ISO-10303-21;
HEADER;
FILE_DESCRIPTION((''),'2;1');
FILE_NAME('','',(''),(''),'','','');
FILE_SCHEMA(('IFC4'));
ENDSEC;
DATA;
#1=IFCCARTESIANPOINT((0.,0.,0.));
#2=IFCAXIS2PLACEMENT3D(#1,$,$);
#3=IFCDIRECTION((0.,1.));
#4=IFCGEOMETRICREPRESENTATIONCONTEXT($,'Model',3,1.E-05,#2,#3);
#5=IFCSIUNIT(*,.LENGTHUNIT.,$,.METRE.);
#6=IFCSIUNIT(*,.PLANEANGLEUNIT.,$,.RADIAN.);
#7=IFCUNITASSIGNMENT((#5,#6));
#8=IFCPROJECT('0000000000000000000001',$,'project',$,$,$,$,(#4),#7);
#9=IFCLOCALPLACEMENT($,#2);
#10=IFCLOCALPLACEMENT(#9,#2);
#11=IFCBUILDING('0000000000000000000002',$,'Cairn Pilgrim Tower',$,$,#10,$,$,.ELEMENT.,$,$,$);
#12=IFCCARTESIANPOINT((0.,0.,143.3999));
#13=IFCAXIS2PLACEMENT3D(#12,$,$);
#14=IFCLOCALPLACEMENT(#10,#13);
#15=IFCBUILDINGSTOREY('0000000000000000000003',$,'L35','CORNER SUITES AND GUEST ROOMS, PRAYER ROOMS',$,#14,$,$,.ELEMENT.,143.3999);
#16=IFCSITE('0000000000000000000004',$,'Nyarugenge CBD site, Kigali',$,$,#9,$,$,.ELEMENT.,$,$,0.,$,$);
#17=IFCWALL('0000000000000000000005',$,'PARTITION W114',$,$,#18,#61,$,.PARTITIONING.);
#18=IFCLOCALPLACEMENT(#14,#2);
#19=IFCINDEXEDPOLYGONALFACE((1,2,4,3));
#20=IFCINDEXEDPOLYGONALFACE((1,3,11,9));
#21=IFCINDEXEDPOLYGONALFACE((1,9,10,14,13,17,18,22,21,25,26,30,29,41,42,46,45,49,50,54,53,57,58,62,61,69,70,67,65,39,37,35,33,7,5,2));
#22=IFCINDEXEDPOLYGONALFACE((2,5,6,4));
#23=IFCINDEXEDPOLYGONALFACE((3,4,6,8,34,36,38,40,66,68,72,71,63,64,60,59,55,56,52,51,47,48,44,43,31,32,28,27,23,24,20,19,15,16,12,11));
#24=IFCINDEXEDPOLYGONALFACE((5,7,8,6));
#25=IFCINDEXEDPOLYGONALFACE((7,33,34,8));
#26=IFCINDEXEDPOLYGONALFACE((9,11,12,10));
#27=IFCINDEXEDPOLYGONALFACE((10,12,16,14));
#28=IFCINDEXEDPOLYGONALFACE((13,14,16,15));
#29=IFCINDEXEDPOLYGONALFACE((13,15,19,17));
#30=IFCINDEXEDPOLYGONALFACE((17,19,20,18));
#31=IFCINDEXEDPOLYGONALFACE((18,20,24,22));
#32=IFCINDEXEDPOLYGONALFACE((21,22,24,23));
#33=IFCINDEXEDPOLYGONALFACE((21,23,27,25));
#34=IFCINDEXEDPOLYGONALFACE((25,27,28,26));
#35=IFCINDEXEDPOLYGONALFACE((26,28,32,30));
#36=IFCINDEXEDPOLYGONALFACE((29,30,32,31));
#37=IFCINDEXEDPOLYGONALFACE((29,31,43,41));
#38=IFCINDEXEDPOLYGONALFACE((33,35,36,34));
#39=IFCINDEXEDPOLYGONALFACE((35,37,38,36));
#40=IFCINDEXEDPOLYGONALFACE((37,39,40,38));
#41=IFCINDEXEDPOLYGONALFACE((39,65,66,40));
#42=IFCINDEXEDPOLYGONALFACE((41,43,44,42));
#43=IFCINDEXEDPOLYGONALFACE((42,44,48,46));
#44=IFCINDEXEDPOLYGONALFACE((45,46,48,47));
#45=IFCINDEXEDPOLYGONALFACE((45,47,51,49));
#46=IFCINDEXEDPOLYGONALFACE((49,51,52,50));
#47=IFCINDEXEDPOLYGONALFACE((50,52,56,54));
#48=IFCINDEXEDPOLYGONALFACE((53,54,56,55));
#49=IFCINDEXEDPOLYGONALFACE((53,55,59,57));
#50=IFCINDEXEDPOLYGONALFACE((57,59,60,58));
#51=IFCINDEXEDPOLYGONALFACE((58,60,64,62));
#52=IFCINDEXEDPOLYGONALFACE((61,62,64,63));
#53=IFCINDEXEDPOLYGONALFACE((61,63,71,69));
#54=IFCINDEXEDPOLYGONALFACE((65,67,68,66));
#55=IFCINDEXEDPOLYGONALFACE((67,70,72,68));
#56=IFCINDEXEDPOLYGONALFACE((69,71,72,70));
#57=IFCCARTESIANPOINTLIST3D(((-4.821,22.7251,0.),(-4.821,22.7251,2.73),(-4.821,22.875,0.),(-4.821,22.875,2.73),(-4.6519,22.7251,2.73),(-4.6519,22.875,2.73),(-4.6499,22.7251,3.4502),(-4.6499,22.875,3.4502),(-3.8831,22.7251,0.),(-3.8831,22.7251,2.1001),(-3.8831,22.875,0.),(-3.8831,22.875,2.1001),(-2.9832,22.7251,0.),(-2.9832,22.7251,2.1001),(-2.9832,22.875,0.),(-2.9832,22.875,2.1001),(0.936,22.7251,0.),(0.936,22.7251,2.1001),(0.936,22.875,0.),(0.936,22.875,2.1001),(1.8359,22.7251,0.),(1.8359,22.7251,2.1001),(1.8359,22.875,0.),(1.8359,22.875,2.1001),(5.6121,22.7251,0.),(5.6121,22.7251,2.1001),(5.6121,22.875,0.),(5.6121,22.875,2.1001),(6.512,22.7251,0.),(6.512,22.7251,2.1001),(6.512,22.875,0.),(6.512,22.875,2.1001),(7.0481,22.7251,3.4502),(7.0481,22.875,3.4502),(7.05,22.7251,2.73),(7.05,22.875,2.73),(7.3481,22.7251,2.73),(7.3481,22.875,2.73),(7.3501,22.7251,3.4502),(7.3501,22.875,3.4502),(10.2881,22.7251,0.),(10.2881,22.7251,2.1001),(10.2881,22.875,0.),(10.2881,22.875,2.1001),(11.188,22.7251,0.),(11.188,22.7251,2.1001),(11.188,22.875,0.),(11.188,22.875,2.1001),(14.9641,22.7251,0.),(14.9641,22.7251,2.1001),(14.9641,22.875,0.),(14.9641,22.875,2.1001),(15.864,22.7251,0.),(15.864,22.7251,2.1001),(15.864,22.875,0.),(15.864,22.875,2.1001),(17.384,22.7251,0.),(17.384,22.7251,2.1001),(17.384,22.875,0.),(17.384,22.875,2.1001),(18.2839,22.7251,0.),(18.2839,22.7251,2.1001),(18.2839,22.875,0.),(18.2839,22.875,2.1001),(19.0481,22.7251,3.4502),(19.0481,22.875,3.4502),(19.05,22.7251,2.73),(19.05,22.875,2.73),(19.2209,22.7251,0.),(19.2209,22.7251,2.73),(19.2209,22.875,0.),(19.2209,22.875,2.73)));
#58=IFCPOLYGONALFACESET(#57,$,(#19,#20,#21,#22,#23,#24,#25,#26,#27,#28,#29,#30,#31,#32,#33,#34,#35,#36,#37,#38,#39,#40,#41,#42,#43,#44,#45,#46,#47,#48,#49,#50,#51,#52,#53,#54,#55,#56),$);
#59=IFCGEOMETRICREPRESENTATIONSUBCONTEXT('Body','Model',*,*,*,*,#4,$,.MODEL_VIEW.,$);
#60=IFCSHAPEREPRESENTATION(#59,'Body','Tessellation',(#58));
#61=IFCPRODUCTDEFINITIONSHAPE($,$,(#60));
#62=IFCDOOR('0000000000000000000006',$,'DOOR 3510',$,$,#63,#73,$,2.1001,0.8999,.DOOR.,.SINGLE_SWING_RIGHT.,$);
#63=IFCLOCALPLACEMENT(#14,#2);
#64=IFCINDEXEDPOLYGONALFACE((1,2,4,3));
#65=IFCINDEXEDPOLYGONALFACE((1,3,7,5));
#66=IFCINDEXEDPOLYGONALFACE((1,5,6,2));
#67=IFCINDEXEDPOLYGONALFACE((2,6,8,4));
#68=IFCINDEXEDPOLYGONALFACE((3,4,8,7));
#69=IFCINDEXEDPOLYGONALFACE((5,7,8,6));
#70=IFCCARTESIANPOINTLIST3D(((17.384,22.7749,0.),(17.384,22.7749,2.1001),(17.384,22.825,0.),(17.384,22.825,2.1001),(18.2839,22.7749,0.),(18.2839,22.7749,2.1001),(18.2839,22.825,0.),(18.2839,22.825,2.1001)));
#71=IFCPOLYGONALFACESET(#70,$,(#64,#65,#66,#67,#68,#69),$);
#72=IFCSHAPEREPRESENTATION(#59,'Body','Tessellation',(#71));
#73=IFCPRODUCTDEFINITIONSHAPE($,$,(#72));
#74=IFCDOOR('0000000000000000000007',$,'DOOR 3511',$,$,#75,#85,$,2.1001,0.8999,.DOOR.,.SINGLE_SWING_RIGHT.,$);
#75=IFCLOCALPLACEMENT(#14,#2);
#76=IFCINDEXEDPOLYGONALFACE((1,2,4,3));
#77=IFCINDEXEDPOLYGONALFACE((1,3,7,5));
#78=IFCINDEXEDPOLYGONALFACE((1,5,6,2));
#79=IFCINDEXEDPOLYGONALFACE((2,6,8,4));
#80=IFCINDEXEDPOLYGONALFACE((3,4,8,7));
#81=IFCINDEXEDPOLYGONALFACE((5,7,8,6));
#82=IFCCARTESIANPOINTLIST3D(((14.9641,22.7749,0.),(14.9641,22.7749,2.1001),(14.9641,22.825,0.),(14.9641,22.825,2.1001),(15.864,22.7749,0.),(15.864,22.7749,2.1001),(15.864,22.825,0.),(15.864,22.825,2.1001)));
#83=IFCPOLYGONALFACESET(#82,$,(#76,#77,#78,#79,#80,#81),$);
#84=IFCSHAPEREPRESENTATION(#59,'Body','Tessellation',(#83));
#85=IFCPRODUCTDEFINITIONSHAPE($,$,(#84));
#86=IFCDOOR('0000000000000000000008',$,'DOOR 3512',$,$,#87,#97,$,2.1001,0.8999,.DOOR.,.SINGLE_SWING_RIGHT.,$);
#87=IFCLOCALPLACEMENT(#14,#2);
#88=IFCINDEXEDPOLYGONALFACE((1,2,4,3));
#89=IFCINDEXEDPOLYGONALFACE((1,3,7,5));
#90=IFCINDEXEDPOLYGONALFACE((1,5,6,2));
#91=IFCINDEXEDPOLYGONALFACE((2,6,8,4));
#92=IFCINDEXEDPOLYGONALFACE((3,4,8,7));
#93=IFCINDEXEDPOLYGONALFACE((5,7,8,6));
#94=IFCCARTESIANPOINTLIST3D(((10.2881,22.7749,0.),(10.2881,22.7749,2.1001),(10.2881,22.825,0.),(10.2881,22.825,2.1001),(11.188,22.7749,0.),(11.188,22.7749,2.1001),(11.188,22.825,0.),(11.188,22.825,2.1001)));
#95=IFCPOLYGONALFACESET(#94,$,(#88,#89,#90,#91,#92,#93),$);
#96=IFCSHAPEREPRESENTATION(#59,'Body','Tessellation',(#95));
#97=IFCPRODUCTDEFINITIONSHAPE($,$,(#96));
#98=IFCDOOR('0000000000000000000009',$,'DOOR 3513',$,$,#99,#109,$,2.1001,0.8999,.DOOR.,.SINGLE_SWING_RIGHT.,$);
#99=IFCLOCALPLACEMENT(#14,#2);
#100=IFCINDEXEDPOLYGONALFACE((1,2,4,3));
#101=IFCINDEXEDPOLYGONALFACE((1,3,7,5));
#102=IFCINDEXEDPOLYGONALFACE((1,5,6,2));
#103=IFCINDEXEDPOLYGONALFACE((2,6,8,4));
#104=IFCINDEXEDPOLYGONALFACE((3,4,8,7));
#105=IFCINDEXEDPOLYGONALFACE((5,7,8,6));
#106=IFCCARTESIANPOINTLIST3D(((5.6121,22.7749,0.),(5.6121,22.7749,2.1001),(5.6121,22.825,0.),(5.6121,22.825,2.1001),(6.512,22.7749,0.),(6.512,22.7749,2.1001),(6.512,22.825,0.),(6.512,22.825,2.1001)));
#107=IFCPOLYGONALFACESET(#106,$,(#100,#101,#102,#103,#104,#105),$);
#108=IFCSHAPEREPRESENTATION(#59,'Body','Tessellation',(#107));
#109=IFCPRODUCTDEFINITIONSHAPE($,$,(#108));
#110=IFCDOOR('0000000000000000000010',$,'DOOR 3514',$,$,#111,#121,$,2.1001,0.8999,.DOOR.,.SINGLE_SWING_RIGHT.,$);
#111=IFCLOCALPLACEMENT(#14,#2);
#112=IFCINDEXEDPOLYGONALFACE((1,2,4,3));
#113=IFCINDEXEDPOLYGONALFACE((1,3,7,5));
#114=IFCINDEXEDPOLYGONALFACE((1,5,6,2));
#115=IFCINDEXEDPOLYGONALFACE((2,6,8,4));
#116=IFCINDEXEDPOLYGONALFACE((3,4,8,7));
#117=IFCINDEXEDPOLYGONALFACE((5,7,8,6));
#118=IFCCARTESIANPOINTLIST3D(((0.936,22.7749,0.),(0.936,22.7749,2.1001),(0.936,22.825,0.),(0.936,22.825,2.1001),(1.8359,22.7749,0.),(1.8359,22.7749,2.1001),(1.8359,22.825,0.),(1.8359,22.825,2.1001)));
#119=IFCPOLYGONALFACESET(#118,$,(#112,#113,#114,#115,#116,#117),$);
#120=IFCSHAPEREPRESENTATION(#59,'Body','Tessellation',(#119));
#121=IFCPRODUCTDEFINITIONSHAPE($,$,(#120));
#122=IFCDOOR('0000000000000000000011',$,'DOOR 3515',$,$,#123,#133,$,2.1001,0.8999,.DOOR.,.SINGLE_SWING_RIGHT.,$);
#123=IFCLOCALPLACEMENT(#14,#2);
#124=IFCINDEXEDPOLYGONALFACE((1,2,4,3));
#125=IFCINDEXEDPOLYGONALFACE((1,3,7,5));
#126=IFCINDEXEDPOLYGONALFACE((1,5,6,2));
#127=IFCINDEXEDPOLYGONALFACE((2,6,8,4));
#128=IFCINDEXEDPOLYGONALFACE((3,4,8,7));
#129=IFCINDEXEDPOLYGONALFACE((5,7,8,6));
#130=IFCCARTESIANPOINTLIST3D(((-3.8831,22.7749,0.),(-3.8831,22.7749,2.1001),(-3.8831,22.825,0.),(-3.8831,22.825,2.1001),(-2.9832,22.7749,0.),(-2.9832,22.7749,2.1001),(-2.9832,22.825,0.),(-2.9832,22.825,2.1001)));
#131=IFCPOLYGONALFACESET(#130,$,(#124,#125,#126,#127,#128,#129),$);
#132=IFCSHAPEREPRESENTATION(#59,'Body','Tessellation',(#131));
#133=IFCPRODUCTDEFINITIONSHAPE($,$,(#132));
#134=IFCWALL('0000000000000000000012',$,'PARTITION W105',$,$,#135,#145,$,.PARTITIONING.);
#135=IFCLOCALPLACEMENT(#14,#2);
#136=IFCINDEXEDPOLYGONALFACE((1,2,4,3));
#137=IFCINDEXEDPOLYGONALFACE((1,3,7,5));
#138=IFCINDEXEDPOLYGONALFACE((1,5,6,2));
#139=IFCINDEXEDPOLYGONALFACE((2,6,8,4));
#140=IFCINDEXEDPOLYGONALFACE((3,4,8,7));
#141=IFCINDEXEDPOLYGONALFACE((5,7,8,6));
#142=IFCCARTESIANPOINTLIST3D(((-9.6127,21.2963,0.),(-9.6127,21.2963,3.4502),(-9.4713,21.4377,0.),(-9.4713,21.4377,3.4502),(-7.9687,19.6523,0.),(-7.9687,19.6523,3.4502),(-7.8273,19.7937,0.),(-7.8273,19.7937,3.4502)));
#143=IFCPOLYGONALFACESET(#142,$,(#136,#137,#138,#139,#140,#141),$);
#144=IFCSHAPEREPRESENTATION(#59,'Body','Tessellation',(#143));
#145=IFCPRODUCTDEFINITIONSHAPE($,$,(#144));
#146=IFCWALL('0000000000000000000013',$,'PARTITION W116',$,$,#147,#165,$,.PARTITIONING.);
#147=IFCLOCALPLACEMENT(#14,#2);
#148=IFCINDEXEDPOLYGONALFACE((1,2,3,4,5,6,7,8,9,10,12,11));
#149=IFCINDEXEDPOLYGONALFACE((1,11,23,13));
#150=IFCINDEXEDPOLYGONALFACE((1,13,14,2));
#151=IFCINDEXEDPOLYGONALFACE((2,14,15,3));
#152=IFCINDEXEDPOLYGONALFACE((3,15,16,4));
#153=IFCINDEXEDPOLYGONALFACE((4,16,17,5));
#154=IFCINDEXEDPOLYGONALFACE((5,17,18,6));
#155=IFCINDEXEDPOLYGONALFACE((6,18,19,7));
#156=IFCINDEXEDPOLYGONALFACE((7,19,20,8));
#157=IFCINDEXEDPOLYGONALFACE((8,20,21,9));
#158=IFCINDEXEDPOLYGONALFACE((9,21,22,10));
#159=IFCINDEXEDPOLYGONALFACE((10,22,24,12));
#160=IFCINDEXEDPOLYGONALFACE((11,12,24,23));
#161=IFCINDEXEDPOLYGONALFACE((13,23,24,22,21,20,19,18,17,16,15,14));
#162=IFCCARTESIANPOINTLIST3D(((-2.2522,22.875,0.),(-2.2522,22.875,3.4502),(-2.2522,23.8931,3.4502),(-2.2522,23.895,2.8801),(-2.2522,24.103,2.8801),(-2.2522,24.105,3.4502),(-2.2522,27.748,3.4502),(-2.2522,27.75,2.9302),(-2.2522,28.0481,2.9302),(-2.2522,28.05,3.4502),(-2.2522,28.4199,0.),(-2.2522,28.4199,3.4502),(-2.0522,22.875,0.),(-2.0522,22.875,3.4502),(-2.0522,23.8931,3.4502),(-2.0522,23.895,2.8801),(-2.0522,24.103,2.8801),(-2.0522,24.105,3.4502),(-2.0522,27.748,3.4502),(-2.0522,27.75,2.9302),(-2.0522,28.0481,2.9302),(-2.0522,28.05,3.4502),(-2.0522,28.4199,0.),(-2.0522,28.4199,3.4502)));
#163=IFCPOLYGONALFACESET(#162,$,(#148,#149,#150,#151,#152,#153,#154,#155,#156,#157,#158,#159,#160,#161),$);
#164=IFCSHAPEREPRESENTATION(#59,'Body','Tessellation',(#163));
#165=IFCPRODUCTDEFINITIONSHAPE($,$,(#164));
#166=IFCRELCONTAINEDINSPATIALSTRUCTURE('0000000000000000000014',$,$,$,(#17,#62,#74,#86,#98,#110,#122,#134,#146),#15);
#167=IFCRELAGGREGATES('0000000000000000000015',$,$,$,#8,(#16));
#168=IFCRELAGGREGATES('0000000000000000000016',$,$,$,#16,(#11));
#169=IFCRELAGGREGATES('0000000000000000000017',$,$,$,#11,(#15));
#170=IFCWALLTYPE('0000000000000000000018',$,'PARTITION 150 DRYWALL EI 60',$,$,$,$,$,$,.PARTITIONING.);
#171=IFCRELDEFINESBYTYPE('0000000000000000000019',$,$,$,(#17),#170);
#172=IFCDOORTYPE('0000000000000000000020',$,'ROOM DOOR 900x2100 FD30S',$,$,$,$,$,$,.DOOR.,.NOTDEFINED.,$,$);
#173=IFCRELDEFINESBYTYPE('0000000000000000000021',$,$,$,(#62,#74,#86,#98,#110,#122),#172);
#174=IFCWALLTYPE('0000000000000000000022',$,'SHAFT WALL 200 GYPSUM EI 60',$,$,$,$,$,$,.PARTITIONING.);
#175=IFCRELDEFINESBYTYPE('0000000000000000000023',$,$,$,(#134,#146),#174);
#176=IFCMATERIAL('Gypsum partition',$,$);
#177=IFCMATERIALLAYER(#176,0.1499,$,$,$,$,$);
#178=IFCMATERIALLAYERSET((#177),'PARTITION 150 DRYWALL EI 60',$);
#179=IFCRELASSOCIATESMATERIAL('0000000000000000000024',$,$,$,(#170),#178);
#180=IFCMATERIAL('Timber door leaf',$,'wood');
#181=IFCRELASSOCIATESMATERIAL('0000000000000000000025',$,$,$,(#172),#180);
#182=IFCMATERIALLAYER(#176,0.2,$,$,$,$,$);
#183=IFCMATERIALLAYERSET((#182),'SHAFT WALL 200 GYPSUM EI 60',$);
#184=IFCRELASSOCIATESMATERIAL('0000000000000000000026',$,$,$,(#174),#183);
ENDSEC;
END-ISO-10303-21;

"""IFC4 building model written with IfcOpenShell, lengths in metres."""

from ifc_helpers import new_model, si_unit, direction, frame, frame_2d, origin, place, context, subcontext, project, spatial, polyline, rectangle, outline, extrude, material, layer, layer_set, type_object, element, fill, save


model = new_model("IFC4")

# Units and contexts
model_context = context("Model", 3, precision=1e-05, world=origin(), true_north=direction((0.0, 1.0)))
body_context = subcontext(model_context, "Body", "Model", "MODEL_VIEW")
ifc_project = project(units=[si_unit("LENGTHUNIT", "METRE"), si_unit("PLANEANGLEUNIT", "RADIAN")], contexts=[model_context])

# Site, building, storey
site_placement = place(None, origin())
site = spatial("IfcSite", under=ifc_project, at=site_placement, Name="Nyarugenge CBD site, Kigali", CompositionType="ELEMENT", RefElevation=0.0)
building_placement = place(site_placement, origin())
building = spatial("IfcBuilding", under=site, at=building_placement, Name="Cairn Pilgrim Tower", CompositionType="ELEMENT")
storey_placement = place(building_placement, frame((0.0, 0.0, 143.3999)))
storey = spatial("IfcBuildingStorey", under=building, at=storey_placement, Name="L35", Description="CORNER SUITES AND GUEST ROOMS, PRAYER ROOMS", CompositionType="ELEMENT", Elevation=143.3999)

# Shared definitions
ifc_material_1 = material(Name="Gypsum partition")
ifc_material_2 = material(Name="Timber door leaf", Category="wood")

# Shared definitions
ifc_layer_1 = layer(ifc_material_1, 0.1499)
ifc_layer_set_1 = layer_set([ifc_layer_1], Name="PARTITION 150 DRYWALL EI 60")
wall_type_1 = type_object("IfcWallType", Name="PARTITION 150 DRYWALL EI 60", PredefinedType="PARTITIONING", material=ifc_layer_set_1)

# Wall, openings, doors
wall_1_placement = place(storey_placement, frame((-4.821, 22.8, 0.0), z_axis=(0.0, 0.0, 1.0), x_axis=(1.0, 0.0, 0.0)))
wall_1 = element("IfcWall", 1, at=wall_1_placement, inside=storey, type_object=wall_type_1, Name="PARTITION W114", PredefinedType="PARTITIONING", context=body_context, shape_type="SweptSolid", body=[
    extrude(outline(polyline([(0.0, 0.0), (24.042, 0.0), (24.042, 2.73), (23.8711, 2.73), (23.8691, 3.4502), (12.1711, 3.4502), (12.1692, 2.73), (11.8711, 2.73), (11.8691, 3.4502), (0.1711, 3.4502), (0.1692, 2.73), (0.0, 2.73), (0.0, 0.0)])), frame((0.0, 0.075, 0.0), z_axis=(0.0, -1.0, 0.0), x_axis=(1.0, 0.0, 0.0)), (0.0, 0.0, 1.0), 0.1499),
])
opening_1_placement = place(wall_1_placement, frame((22.2051, 0.0, 0.0)))
opening_1 = element("IfcOpeningElement", 2, at=opening_1_placement, cuts=wall_1, PredefinedType="OPENING", context=body_context, shape_type="SweptSolid", body=[
    extrude(rectangle(XDim=0.8999, YDim=2.1001, at=frame_2d((0.45, 1.05))), frame((0.0, 0.085, 0.0), z_axis=(0.0, -1.0, 0.0), x_axis=(1.0, 0.0, 0.0)), (0.0, 0.0, 1.0), 0.1699),
])
opening_2_placement = place(wall_1_placement, frame((19.7852, 0.0, 0.0)))
opening_2 = element("IfcOpeningElement", 3, at=opening_2_placement, cuts=wall_1, PredefinedType="OPENING", context=body_context, shape_type="SweptSolid", body=[
    extrude(rectangle(XDim=0.8999, YDim=2.1001, at=frame_2d((0.45, 1.05))), frame((0.0, 0.085, 0.0), z_axis=(0.0, -1.0, 0.0), x_axis=(1.0, 0.0, 0.0)), (0.0, 0.0, 1.0), 0.1699),
])
opening_3_placement = place(wall_1_placement, frame((15.1091, 0.0, 0.0)))
opening_3 = element("IfcOpeningElement", 4, at=opening_3_placement, cuts=wall_1, PredefinedType="OPENING", context=body_context, shape_type="SweptSolid", body=[
    extrude(rectangle(XDim=0.8999, YDim=2.1001, at=frame_2d((0.45, 1.05))), frame((0.0, 0.085, 0.0), z_axis=(0.0, -1.0, 0.0), x_axis=(1.0, 0.0, 0.0)), (0.0, 0.0, 1.0), 0.1699),
])
opening_4_placement = place(wall_1_placement, frame((10.4331, 0.0, 0.0)))
opening_4 = element("IfcOpeningElement", 5, at=opening_4_placement, cuts=wall_1, PredefinedType="OPENING", context=body_context, shape_type="SweptSolid", body=[
    extrude(rectangle(XDim=0.8999, YDim=2.1001, at=frame_2d((0.45, 1.05))), frame((0.0, 0.085, 0.0), z_axis=(0.0, -1.0, 0.0), x_axis=(1.0, 0.0, 0.0)), (0.0, 0.0, 1.0), 0.1699),
])
opening_5_placement = place(wall_1_placement, frame((5.7571, 0.0, 0.0)))
opening_5 = element("IfcOpeningElement", 6, at=opening_5_placement, cuts=wall_1, PredefinedType="OPENING", context=body_context, shape_type="SweptSolid", body=[
    extrude(rectangle(XDim=0.8999, YDim=2.1001, at=frame_2d((0.45, 1.05))), frame((0.0, 0.085, 0.0), z_axis=(0.0, -1.0, 0.0), x_axis=(1.0, 0.0, 0.0)), (0.0, 0.0, 1.0), 0.1699),
])
opening_6_placement = place(wall_1_placement, frame((0.938, 0.0, 0.0)))
opening_6 = element("IfcOpeningElement", 7, at=opening_6_placement, cuts=wall_1, PredefinedType="OPENING", context=body_context, shape_type="SweptSolid", body=[
    extrude(rectangle(XDim=0.8999, YDim=2.1001, at=frame_2d((0.45, 1.05))), frame((0.0, 0.085, 0.0), z_axis=(0.0, -1.0, 0.0), x_axis=(1.0, 0.0, 0.0)), (0.0, 0.0, 1.0), 0.1699),
])
door_type_1 = type_object("IfcDoorType", Name="ROOM DOOR 900x2100 FD30S", OperationType="NOTDEFINED", PredefinedType="DOOR", material=ifc_material_2)
door_1_placement = place(opening_1_placement, origin())
door_1 = element("IfcDoor", 8, at=door_1_placement, inside=storey, type_object=door_type_1, Name="DOOR 3510", OperationType="SINGLE_SWING_RIGHT", OverallHeight=2.1001, OverallWidth=0.8999, PredefinedType="DOOR", context=body_context, shape_type="SweptSolid", body=[
    extrude(rectangle(XDim=0.8999, YDim=2.1001, at=frame_2d((0.45, 1.05))), frame((0.0, 0.0249, 0.0), z_axis=(0.0, -1.0, 0.0), x_axis=(1.0, 0.0, 0.0)), (0.0, 0.0, 1.0), 0.05),
])
fill(opening_1, door_1)
door_2_placement = place(opening_2_placement, origin())
door_2 = element("IfcDoor", 9, at=door_2_placement, inside=storey, type_object=door_type_1, Name="DOOR 3511", OperationType="SINGLE_SWING_RIGHT", OverallHeight=2.1001, OverallWidth=0.8999, PredefinedType="DOOR", context=body_context, shape_type="SweptSolid", body=[
    extrude(rectangle(XDim=0.8999, YDim=2.1001, at=frame_2d((0.45, 1.05))), frame((0.0, 0.0249, 0.0), z_axis=(0.0, -1.0, 0.0), x_axis=(1.0, 0.0, 0.0)), (0.0, 0.0, 1.0), 0.05),
])
fill(opening_2, door_2)
door_3_placement = place(opening_3_placement, origin())
door_3 = element("IfcDoor", 10, at=door_3_placement, inside=storey, type_object=door_type_1, Name="DOOR 3512", OperationType="SINGLE_SWING_RIGHT", OverallHeight=2.1001, OverallWidth=0.8999, PredefinedType="DOOR", context=body_context, shape_type="SweptSolid", body=[
    extrude(rectangle(XDim=0.8999, YDim=2.1001, at=frame_2d((0.45, 1.05))), frame((0.0, 0.0249, 0.0), z_axis=(0.0, -1.0, 0.0), x_axis=(1.0, 0.0, 0.0)), (0.0, 0.0, 1.0), 0.05),
])
fill(opening_3, door_3)
door_4_placement = place(opening_4_placement, origin())
door_4 = element("IfcDoor", 11, at=door_4_placement, inside=storey, type_object=door_type_1, Name="DOOR 3513", OperationType="SINGLE_SWING_RIGHT", OverallHeight=2.1001, OverallWidth=0.8999, PredefinedType="DOOR", context=body_context, shape_type="SweptSolid", body=[
    extrude(rectangle(XDim=0.8999, YDim=2.1001, at=frame_2d((0.45, 1.05))), frame((0.0, 0.0249, 0.0), z_axis=(0.0, -1.0, 0.0), x_axis=(1.0, 0.0, 0.0)), (0.0, 0.0, 1.0), 0.05),
])
fill(opening_4, door_4)
door_5_placement = place(opening_5_placement, origin())
door_5 = element("IfcDoor", 12, at=door_5_placement, inside=storey, type_object=door_type_1, Name="DOOR 3514", OperationType="SINGLE_SWING_RIGHT", OverallHeight=2.1001, OverallWidth=0.8999, PredefinedType="DOOR", context=body_context, shape_type="SweptSolid", body=[
    extrude(rectangle(XDim=0.8999, YDim=2.1001, at=frame_2d((0.45, 1.05))), frame((0.0, 0.0249, 0.0), z_axis=(0.0, -1.0, 0.0), x_axis=(1.0, 0.0, 0.0)), (0.0, 0.0, 1.0), 0.05),
])
fill(opening_5, door_5)
door_6_placement = place(opening_6_placement, origin())
door_6 = element("IfcDoor", 13, at=door_6_placement, inside=storey, type_object=door_type_1, Name="DOOR 3515", OperationType="SINGLE_SWING_RIGHT", OverallHeight=2.1001, OverallWidth=0.8999, PredefinedType="DOOR", context=body_context, shape_type="SweptSolid", body=[
    extrude(rectangle(XDim=0.8999, YDim=2.1001, at=frame_2d((0.45, 1.05))), frame((0.0, 0.0249, 0.0), z_axis=(0.0, -1.0, 0.0), x_axis=(1.0, 0.0, 0.0)), (0.0, 0.0, 1.0), 0.05),
])
fill(opening_6, door_6)

# Walls
ifc_layer_2 = layer(ifc_material_1, 0.2)
ifc_layer_set_2 = layer_set([ifc_layer_2], Name="SHAFT WALL 200 GYPSUM EI 60")
wall_type_2 = type_object("IfcWallType", Name="SHAFT WALL 200 GYPSUM EI 60", PredefinedType="PARTITIONING", material=ifc_layer_set_2)
wall_2_placement = place(storey_placement, frame((-7.8979, 19.7229, 0.0), z_axis=(0.0, 0.0, 1.0), x_axis=(-0.707107, 0.707107, 0.0)))
element("IfcWall", 14, at=wall_2_placement, inside=storey, type_object=wall_type_2, Name="PARTITION W105", PredefinedType="PARTITIONING", context=body_context, shape_type="SweptSolid", body=[
    extrude(rectangle(XDim=2.325, YDim=0.2, at=frame_2d((1.1626, 0.0))), origin(), (0.0, 0.0, 1.0), 3.4502),
])
wall_3_placement = place(storey_placement, frame((-2.1521, 22.875, 0.0), z_axis=(0.0, 0.0, 1.0), x_axis=(0.0, 1.0, 0.0)))
element("IfcWall", 15, at=wall_3_placement, inside=storey, type_object=wall_type_2, Name="PARTITION W116", PredefinedType="PARTITIONING", context=body_context, shape_type="SweptSolid", body=[
    extrude(outline(polyline([(0.0, 0.0), (5.5449, 0.0), (5.5449, 3.4502), (5.175, 3.4502), (5.1731, 2.9302), (4.875, 2.9302), (4.873, 3.4502), (1.23, 3.4502), (1.228, 2.8801), (1.02, 2.8801), (1.0181, 3.4502), (0.0, 3.4502), (0.0, 0.0)])), frame((0.0, 0.1001, 0.0), z_axis=(0.0, -1.0, 0.0), x_axis=(1.0, 0.0, 0.0)), (0.0, 0.0, 1.0), 0.2),
])

save(model, "model.ifc")
